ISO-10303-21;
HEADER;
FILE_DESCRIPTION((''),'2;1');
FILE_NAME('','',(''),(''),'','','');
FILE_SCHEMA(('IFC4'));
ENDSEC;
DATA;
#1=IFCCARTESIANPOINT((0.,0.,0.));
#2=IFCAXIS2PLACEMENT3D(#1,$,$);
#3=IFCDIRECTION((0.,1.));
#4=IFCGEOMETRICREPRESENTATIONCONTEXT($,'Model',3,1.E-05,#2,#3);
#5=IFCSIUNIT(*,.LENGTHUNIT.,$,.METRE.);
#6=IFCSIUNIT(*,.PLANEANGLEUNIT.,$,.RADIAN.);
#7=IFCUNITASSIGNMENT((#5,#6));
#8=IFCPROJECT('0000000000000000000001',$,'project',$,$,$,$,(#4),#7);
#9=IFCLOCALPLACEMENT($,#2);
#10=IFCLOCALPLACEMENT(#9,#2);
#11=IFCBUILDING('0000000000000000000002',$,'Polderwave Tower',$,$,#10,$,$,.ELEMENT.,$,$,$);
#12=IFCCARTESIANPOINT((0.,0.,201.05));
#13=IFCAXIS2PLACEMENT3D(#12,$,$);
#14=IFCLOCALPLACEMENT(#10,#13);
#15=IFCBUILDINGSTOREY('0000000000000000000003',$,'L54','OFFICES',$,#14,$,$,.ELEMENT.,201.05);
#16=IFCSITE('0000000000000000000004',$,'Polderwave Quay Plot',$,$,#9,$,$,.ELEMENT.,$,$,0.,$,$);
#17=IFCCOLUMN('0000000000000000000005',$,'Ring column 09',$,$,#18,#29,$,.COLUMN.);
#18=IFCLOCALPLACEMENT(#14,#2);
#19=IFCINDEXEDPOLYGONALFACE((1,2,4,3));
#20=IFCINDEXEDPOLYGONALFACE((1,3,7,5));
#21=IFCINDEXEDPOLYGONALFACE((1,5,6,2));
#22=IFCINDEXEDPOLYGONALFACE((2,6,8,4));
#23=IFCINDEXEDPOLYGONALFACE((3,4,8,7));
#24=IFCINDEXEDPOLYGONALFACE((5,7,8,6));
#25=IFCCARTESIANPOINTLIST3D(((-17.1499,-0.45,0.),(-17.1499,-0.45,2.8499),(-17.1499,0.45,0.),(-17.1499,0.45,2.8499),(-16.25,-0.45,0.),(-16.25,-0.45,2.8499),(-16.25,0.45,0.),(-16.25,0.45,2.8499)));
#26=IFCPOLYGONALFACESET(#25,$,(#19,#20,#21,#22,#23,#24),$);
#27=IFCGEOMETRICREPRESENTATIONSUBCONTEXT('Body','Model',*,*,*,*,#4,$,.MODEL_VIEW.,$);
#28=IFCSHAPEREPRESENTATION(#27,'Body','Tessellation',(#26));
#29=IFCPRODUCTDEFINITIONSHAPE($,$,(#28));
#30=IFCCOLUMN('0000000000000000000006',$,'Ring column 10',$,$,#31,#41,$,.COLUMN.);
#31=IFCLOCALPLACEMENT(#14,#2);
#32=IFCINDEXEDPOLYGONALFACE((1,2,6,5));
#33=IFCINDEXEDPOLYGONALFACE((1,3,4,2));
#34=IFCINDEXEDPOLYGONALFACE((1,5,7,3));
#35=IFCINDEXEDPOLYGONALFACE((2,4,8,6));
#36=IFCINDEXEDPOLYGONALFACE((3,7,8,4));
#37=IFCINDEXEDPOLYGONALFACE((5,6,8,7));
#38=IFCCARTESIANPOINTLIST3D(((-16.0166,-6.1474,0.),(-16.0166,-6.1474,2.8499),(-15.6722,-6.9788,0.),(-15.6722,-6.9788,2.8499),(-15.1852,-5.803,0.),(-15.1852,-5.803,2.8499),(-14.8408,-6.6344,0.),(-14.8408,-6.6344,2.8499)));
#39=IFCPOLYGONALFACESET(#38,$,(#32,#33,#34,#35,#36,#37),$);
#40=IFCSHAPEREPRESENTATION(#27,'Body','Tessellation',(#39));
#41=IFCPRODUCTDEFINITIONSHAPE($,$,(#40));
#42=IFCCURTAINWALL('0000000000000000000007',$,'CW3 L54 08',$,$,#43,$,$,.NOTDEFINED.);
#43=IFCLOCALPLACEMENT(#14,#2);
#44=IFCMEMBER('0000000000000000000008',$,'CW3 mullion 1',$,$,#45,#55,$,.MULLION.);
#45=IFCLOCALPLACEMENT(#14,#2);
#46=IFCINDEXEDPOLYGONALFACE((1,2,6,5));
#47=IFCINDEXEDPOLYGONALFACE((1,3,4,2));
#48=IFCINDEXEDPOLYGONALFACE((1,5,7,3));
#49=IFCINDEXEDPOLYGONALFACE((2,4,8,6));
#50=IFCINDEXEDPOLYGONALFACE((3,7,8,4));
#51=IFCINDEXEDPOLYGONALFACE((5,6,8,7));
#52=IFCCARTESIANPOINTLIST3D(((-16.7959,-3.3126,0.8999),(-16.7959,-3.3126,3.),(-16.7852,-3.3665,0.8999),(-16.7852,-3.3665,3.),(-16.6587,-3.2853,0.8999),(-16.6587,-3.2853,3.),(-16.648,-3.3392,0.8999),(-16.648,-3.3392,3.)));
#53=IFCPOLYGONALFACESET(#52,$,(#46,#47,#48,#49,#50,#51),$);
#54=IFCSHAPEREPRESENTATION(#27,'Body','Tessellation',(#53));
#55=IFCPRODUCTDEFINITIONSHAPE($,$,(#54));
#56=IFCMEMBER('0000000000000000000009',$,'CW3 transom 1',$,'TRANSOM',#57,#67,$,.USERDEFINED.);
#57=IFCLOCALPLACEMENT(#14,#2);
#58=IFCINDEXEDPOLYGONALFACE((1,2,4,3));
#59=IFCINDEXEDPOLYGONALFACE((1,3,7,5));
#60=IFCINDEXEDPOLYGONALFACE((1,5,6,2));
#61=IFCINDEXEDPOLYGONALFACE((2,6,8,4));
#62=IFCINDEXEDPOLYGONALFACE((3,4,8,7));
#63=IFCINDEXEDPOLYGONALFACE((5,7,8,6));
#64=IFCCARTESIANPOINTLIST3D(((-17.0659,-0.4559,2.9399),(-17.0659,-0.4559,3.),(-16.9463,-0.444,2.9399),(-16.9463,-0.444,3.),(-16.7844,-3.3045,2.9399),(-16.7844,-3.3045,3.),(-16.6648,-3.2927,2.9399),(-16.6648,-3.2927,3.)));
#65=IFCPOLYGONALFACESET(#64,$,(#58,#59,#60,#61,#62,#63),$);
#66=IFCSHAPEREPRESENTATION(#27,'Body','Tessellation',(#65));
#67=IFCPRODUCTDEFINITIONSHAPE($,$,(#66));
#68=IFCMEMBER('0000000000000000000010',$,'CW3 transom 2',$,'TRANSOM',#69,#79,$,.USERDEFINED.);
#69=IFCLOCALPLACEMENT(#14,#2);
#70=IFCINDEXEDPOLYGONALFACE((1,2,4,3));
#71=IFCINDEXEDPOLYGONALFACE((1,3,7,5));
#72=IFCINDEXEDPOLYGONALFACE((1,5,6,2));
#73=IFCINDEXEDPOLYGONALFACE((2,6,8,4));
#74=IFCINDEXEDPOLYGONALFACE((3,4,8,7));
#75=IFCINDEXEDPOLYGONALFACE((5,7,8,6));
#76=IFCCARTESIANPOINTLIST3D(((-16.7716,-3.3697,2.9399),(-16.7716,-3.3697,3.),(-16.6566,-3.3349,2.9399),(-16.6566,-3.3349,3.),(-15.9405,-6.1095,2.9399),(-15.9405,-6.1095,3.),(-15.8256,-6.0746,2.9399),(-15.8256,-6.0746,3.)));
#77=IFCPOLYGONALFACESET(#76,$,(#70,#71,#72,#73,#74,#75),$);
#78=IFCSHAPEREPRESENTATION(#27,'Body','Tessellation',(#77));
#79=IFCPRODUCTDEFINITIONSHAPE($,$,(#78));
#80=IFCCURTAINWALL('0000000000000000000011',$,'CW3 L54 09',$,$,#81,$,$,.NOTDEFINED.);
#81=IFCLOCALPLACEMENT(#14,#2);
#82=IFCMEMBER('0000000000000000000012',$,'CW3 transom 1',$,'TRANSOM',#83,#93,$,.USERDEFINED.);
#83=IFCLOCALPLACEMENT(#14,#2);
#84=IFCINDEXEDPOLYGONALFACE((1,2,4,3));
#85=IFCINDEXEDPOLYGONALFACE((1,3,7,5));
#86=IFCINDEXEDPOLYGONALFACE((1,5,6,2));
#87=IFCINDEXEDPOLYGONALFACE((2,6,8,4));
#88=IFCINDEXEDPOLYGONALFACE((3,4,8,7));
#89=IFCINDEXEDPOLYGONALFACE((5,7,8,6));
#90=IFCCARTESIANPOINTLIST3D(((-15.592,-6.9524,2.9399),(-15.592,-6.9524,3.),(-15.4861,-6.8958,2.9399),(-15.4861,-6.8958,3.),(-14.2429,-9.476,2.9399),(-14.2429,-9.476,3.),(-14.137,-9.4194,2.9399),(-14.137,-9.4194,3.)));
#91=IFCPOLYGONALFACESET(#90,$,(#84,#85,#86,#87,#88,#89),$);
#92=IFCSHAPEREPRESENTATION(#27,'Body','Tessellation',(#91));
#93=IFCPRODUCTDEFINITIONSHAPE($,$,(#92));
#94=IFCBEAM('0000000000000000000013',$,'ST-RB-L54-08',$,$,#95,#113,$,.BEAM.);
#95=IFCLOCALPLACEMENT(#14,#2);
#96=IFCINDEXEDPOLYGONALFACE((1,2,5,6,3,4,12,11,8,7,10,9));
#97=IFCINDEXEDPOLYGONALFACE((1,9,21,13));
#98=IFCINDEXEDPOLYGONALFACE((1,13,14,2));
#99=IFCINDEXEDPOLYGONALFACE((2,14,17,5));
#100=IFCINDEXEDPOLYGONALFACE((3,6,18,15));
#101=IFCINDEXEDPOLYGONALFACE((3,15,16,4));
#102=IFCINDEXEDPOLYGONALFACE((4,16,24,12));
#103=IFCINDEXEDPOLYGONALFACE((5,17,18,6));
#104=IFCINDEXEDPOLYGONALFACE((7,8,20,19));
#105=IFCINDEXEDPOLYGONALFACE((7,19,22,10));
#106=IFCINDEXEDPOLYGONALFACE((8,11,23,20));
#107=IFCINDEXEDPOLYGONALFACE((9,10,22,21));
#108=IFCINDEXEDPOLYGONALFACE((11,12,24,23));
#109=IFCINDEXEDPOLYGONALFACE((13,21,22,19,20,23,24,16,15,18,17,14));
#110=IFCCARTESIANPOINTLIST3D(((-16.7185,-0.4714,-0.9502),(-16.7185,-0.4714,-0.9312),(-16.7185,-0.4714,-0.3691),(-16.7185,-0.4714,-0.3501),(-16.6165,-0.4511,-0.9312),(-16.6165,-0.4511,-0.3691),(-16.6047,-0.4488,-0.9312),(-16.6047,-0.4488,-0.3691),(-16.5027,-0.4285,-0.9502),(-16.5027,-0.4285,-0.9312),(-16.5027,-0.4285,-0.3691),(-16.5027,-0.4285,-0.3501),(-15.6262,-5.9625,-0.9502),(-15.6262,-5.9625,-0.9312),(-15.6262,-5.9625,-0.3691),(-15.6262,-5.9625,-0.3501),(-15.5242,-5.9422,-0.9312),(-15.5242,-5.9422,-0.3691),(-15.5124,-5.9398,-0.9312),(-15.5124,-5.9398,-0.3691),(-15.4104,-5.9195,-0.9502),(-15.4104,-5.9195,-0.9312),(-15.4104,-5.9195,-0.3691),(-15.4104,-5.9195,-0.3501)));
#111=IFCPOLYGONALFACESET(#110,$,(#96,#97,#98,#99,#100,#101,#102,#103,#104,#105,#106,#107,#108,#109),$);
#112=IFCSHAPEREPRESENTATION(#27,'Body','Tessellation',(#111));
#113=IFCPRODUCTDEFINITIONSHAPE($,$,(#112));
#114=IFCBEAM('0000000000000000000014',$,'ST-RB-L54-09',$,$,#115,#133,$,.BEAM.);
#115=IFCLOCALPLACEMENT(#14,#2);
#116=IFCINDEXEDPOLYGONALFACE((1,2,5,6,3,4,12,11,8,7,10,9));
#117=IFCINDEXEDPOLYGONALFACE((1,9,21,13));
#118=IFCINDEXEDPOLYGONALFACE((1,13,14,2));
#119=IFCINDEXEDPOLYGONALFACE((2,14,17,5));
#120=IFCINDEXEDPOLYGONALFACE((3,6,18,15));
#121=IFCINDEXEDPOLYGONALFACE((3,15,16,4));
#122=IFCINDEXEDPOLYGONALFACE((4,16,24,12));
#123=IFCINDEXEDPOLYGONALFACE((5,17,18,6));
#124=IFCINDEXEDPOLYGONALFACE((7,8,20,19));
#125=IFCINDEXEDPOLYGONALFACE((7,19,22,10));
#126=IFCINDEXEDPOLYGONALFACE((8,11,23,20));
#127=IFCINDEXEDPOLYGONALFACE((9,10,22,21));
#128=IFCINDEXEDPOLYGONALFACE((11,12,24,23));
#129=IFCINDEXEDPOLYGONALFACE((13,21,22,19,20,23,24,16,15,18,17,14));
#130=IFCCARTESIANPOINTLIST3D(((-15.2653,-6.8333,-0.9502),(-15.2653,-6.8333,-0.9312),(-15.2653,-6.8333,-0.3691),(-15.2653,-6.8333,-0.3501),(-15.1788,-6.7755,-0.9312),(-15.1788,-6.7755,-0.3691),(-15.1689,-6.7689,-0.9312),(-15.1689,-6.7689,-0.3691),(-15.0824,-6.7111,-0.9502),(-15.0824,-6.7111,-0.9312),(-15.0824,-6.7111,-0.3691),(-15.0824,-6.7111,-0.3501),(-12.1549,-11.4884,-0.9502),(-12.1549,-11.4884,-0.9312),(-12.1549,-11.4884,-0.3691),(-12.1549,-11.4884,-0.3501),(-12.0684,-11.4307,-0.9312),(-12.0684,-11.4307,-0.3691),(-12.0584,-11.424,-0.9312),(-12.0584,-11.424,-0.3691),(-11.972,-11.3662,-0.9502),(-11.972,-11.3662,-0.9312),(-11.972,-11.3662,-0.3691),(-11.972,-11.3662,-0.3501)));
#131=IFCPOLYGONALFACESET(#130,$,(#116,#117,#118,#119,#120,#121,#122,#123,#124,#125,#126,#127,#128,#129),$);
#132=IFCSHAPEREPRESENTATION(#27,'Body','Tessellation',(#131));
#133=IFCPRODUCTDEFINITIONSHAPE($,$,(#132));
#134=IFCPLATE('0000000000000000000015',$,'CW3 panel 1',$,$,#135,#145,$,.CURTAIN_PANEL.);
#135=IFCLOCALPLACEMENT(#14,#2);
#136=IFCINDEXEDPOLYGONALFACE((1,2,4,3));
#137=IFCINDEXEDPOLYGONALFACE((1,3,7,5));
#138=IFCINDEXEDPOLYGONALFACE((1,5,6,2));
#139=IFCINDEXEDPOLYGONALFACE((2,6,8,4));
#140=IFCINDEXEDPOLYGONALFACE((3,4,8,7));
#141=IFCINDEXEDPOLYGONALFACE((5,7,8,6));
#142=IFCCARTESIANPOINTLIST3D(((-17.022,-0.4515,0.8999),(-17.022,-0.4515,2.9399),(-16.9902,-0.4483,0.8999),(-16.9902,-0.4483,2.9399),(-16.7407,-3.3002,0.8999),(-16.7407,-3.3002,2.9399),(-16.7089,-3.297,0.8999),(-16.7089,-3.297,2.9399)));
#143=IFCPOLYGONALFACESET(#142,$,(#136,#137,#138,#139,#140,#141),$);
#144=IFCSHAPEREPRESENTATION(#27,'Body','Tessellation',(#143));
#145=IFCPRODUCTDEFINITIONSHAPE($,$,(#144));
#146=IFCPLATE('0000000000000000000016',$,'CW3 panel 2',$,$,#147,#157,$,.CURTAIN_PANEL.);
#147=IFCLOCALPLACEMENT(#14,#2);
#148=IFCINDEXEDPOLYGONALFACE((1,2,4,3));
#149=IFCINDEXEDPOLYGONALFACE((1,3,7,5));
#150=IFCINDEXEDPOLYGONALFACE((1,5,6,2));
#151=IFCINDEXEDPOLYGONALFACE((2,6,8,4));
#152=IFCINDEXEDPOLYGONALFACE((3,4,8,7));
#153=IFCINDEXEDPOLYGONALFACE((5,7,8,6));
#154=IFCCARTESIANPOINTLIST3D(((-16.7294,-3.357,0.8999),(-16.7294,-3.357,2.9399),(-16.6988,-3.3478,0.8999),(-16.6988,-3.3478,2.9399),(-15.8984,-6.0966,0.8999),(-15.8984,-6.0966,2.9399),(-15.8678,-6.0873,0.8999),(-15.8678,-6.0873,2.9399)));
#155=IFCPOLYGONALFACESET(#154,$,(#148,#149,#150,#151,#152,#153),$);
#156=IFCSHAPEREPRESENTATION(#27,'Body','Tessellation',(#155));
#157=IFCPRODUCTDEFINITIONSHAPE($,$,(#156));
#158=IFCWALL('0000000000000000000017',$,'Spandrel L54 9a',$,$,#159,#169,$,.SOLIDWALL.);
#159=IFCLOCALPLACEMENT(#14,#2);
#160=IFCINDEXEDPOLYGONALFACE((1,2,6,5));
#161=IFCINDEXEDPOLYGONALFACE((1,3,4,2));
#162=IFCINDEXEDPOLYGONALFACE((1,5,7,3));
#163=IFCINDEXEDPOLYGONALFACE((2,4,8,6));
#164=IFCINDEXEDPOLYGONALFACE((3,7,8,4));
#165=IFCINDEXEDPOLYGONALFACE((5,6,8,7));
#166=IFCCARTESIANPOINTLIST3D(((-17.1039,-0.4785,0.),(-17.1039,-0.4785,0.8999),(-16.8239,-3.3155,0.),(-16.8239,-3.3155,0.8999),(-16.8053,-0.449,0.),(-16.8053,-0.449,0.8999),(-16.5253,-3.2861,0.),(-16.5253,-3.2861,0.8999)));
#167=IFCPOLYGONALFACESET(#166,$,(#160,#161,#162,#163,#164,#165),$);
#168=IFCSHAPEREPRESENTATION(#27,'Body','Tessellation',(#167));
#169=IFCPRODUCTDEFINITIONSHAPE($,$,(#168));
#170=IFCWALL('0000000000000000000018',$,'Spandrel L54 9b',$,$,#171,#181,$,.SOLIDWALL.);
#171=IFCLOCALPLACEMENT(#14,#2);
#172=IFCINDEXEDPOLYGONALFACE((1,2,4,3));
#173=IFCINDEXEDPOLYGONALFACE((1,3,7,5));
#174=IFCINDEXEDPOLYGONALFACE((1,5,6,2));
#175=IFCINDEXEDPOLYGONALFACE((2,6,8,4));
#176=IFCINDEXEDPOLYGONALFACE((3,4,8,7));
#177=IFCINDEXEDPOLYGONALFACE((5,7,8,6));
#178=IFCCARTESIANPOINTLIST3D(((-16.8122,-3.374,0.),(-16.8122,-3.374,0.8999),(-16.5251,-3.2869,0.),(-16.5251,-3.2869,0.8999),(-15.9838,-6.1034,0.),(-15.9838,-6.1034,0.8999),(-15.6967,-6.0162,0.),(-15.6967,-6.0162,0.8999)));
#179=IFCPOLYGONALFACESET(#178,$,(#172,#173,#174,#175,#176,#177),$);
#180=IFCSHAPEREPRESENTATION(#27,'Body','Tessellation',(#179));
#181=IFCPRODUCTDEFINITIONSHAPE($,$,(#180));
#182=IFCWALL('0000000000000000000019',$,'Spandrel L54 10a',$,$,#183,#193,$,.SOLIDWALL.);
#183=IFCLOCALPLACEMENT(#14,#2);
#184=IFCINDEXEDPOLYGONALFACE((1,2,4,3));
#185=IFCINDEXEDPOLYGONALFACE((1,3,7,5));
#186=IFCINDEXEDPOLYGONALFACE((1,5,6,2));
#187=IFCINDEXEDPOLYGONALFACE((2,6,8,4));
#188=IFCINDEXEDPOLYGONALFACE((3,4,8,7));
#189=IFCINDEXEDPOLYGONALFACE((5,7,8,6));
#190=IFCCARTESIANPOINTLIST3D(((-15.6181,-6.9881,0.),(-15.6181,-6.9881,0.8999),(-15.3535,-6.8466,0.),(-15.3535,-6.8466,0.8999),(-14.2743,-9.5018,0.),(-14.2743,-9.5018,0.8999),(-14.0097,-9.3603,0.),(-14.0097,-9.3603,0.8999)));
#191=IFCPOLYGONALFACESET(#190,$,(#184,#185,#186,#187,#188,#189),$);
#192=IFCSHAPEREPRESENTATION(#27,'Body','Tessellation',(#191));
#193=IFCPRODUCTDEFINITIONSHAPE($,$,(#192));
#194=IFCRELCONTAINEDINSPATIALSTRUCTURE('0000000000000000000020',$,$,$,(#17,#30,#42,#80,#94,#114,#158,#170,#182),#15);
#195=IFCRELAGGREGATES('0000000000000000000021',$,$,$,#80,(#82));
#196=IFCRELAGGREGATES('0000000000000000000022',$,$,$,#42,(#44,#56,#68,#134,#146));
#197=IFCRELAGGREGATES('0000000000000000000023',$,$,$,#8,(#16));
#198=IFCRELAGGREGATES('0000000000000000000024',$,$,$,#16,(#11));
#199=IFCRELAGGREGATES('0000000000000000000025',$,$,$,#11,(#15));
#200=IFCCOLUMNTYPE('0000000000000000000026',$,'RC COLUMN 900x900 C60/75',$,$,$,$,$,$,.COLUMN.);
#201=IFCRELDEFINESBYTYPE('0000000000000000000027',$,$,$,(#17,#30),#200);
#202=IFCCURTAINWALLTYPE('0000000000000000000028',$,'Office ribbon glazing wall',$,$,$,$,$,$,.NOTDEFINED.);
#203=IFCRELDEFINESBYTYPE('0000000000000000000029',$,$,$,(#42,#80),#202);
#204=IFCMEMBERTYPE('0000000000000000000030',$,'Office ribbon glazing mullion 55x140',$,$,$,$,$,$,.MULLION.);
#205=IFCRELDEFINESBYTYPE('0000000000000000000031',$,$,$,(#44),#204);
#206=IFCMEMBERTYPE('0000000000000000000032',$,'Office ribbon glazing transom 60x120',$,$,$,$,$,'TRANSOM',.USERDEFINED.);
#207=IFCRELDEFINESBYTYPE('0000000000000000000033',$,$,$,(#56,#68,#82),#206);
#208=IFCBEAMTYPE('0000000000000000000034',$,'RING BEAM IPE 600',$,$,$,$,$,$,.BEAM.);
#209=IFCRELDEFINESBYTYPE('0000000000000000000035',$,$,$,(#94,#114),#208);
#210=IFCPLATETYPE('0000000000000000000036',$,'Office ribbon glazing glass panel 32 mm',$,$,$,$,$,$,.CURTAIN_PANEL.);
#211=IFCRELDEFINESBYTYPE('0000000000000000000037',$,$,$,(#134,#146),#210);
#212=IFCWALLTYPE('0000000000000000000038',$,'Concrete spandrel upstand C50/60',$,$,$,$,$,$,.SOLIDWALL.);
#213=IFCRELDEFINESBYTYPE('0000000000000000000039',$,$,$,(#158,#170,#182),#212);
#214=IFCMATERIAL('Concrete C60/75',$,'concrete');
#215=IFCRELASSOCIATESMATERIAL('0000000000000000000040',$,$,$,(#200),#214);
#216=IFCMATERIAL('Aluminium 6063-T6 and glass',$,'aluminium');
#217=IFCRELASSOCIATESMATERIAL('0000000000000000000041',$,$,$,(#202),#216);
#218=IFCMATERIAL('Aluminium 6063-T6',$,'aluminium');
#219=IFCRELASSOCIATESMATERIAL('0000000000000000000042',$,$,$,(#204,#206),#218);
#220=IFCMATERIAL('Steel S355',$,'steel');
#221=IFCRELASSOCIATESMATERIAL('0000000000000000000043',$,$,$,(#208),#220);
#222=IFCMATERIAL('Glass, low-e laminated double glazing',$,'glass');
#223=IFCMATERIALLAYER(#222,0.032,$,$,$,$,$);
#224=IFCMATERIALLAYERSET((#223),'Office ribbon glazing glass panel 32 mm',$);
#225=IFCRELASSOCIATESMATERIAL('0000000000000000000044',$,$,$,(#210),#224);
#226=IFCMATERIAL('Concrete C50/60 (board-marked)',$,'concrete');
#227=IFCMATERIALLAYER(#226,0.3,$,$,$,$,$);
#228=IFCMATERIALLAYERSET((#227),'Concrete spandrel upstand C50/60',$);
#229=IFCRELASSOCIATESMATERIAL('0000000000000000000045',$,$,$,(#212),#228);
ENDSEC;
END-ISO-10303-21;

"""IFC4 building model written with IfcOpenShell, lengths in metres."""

from ifc_helpers import new_model, si_unit, direction, frame, frame_2d, origin, origin_2d, place, context, subcontext, project, spatial, rectangle, i_section, extrude, material, layer, layer_set, material_profile, profile_set, type_object, element, aggregate, save


model = new_model("IFC4")

# Units and contexts
model_context = context("Model", 3, precision=1e-05, world=origin(), true_north=direction((0.0, 1.0)))
body_context = subcontext(model_context, "Body", "Model", "MODEL_VIEW")
ifc_project = project(units=[si_unit("LENGTHUNIT", "METRE"), si_unit("PLANEANGLEUNIT", "RADIAN")], contexts=[model_context])

# Site, building, storey
site_placement = place(None, origin())
site = spatial("IfcSite", under=ifc_project, at=site_placement, Name="Polderwave Quay Plot", CompositionType="ELEMENT", RefElevation=0.0)
building_placement = place(site_placement, origin())
building = spatial("IfcBuilding", under=site, at=building_placement, Name="Polderwave Tower", CompositionType="ELEMENT")
storey_placement = place(building_placement, frame((0.0, 0.0, 201.05)))
storey = spatial("IfcBuildingStorey", under=building, at=storey_placement, Name="L54", Description="OFFICES", CompositionType="ELEMENT", Elevation=201.05)

# Columns
ifc_material_1 = material(Name="Concrete C60/75", Category="concrete")
ifc_material_profile_1 = material_profile(ifc_material_1, rectangle(XDim=0.8999, YDim=0.8999, at=origin_2d()), Name="RC 900x900")
ifc_profile_set_1 = profile_set([ifc_material_profile_1], Name="Concrete C60/75")
column_type = type_object("IfcColumnType", Name="RC COLUMN 900x900 C60/75", PredefinedType="COLUMN", material=ifc_profile_set_1)
for number, where, z_axis, x_axis, name in (
    (1, (-16.7, 0.0, 0.0), (0.0, 0.0, 1.0), (-1.0, 0.0, 0.0), "Ring column 09"),
    (2, (-15.4287, -6.3909, 0.0), (0.0, 0.0, 1.0), (-0.92388, -0.382683, 0.0), "Ring column 10"),
):
    element("IfcColumn", number, at=place(storey_placement, frame(where, z_axis=z_axis, x_axis=x_axis)), inside=storey, type_object=column_type, Name=name, PredefinedType="COLUMN", context=body_context, shape_type="SweptSolid", body=[
        extrude(rectangle(XDim=0.8999, YDim=0.8999, at=origin_2d()), origin(), (0.0, 0.0, 1.0), 2.8499),
    ])

# Curtain wall, members
ifc_material_2 = material(Name="Aluminium 6063-T6 and glass", Category="aluminium")
curtain_wall_type = type_object("IfcCurtainWallType", Name="Office ribbon glazing wall", PredefinedType="NOTDEFINED", material=ifc_material_2)
curtain_wall_1_placement = place(storey_placement, origin())
curtain_wall_1 = element("IfcCurtainWall", 3, at=curtain_wall_1_placement, inside=storey, type_object=curtain_wall_type, Name="CW3 L54 08", PredefinedType="NOTDEFINED")
ifc_material_3 = material(Name="Aluminium 6063-T6", Category="aluminium")
ifc_material_profile_2 = material_profile(ifc_material_3, rectangle(XDim=0.1399, YDim=0.0549, at=origin_2d()), Name="AL 55x140")
ifc_profile_set_2 = profile_set([ifc_material_profile_2], Name="Aluminium 6063-T6")
member_type_1 = type_object("IfcMemberType", Name="Office ribbon glazing mullion 55x140", PredefinedType="MULLION", material=ifc_profile_set_2)
member_1_placement = place(storey_placement, frame((-16.7219, -3.3259, 0.8999), z_axis=(0.0, 0.0, 1.0), x_axis=(0.980762, 0.195205, 0.0)))
member_1 = element("IfcMember", 4, at=member_1_placement, type_object=member_type_1, Name="CW3 mullion 1", PredefinedType="MULLION", context=body_context, shape_type="SweptSolid", body=[
    extrude(rectangle(XDim=0.1399, YDim=0.0549, at=origin_2d()), origin(), (0.0, 0.0, 1.0), 2.1001),
])
ifc_material_profile_3 = material_profile(ifc_material_3, rectangle(XDim=0.1201, YDim=0.0601, at=origin_2d()), Name="AL 60x120")
ifc_profile_set_3 = profile_set([ifc_material_profile_3], Name="Aluminium 6063-T6")
member_type_2 = type_object("IfcMemberType", Name="Office ribbon glazing transom 60x120", ElementType="TRANSOM", PredefinedType="USERDEFINED", material=ifc_profile_set_3)
member_2_placement = place(storey_placement, frame((-17.0061, -0.45, 2.97), z_axis=(0.098338, -0.995153, 0.0), x_axis=(0.995153, 0.098338, 0.0)))
member_2 = element("IfcMember", 5, at=member_2_placement, type_object=member_type_2, Name="CW3 transom 1", ObjectType="TRANSOM", PredefinedType="USERDEFINED", context=body_context, shape_type="SweptSolid", body=[
    extrude(rectangle(XDim=0.1201, YDim=0.0601, at=origin_2d()), origin(), (0.0, 0.0, 1.0), 2.8625),
])
member_3_placement = place(storey_placement, frame((-16.7141, -3.3523, 2.97), z_axis=(0.290272, -0.956944, 0.0), x_axis=(0.956944, 0.290272, 0.0)))
member_3 = element("IfcMember", 6, at=member_3_placement, type_object=member_type_2, Name="CW3 transom 2", ObjectType="TRANSOM", PredefinedType="USERDEFINED", context=body_context, shape_type="SweptSolid", body=[
    extrude(rectangle(XDim=0.1201, YDim=0.0601, at=origin_2d()), origin(), (0.0, 0.0, 1.0), 2.863),
])

# Curtain wall, member
curtain_wall_2_placement = place(storey_placement, origin())
curtain_wall_2 = element("IfcCurtainWall", 7, at=curtain_wall_2_placement, inside=storey, type_object=curtain_wall_type, Name="CW3 L54 09", PredefinedType="NOTDEFINED")
member_4_placement = place(storey_placement, frame((-15.5391, -6.9241, 2.97), z_axis=(0.471447, -0.881894, 0.0), x_axis=(0.881894, 0.471447, 0.0)))
member_4 = element("IfcMember", 8, at=member_4_placement, type_object=member_type_2, Name="CW3 transom 1", ObjectType="TRANSOM", PredefinedType="USERDEFINED", context=body_context, shape_type="SweptSolid", body=[
    extrude(rectangle(XDim=0.1201, YDim=0.0601, at=origin_2d()), origin(), (0.0, 0.0, 1.0), 2.8616),
])
aggregate(curtain_wall_2, [member_4])

# Beams
ifc_material_4 = material(Name="Steel S355", Category="steel")
ifc_material_profile_4 = material_profile(ifc_material_4, i_section(OverallWidth=0.22, OverallDepth=0.6001, WebThickness=0.012, FlangeThickness=0.019, at=origin_2d()), Name="IPE 600")
ifc_profile_set_4 = profile_set([ifc_material_profile_4], Name="Steel S355")
beam_type = type_object("IfcBeamType", Name="RING BEAM IPE 600", PredefinedType="BEAM", material=ifc_profile_set_4)
for number, where, z_axis, x_axis, name in (
    (9, (-16.6106, -0.45, -0.6501), (0.195101, -0.980783, 0.0), (0.980783, 0.195101, 0.0), "ST-RB-L54-08"),
    (10, (-15.1738, -6.7722, -0.6501), (0.555565, -0.831473, 0.0), (0.831473, 0.555565, 0.0), "ST-RB-L54-09"),
):
    element("IfcBeam", number, at=place(storey_placement, frame(where, z_axis=z_axis, x_axis=x_axis)), inside=storey, type_object=beam_type, Name=name, PredefinedType="BEAM", context=body_context, shape_type="SweptSolid", body=[
        extrude(i_section(OverallWidth=0.22, OverallDepth=0.6001, WebThickness=0.012, FlangeThickness=0.019, at=origin_2d()), origin(), (0.0, 0.0, 1.0), 5.5986),
    ])

# Plates
ifc_material_5 = material(Name="Glass, low-e laminated double glazing", Category="glass")
ifc_layer_1 = layer(ifc_material_5, 0.032)
ifc_layer_set_1 = layer_set([ifc_layer_1], Name="Office ribbon glazing glass panel 32 mm")
plate_type = type_object("IfcPlateType", Name="Office ribbon glazing glass panel 32 mm", PredefinedType="CURTAIN_PANEL", material=ifc_layer_set_1)
plate_1_placement = place(storey_placement, frame((-16.8655, -1.8743, 0.8999), z_axis=(0.0, 0.0, 1.0), x_axis=(0.098271, -0.99516, 0.0)))
plate_1 = element("IfcPlate", 11, at=plate_1_placement, type_object=plate_type, Name="CW3 panel 1", PredefinedType="CURTAIN_PANEL", context=body_context, shape_type="SweptSolid", body=[
    extrude(rectangle(XDim=2.8625, YDim=0.032, at=origin_2d()), origin(), (0.0, 0.0, 1.0), 2.04),
])
plate_2_placement = place(storey_placement, frame((-16.2986, -4.7222, 0.8999), z_axis=(0.0, 0.0, 1.0), x_axis=(0.290266, -0.956946, 0.0)))
plate_2 = element("IfcPlate", 12, at=plate_2_placement, type_object=plate_type, Name="CW3 panel 2", PredefinedType="CURTAIN_PANEL", context=body_context, shape_type="SweptSolid", body=[
    extrude(rectangle(XDim=2.8628, YDim=0.032, at=origin_2d()), origin(), (0.0, 0.0, 1.0), 2.04),
])
aggregate(curtain_wall_1, [member_1, member_2, member_3, plate_1, plate_2])

# Walls
ifc_material_6 = material(Name="Concrete C50/60 (board-marked)", Category="concrete")
ifc_layer_2 = layer(ifc_material_6, 0.3)
ifc_layer_set_2 = layer_set([ifc_layer_2], Name="Concrete spandrel upstand C50/60")
wall_type_1 = type_object("IfcWallType", Name="Concrete spandrel upstand C50/60", PredefinedType="SOLIDWALL", material=ifc_layer_set_2)
wall_1_placement = place(storey_placement, frame((-16.9546, -0.4639, 0.0), z_axis=(0.0, 0.0, 1.0), x_axis=(0.098223, -0.995164, 0.0)))
element("IfcWall", 13, at=wall_1_placement, inside=storey, type_object=wall_type_1, Name="Spandrel L54 9a", PredefinedType="SOLIDWALL", context=body_context, shape_type="SweptSolid", body=[
    extrude(rectangle(XDim=2.8508, YDim=0.3, at=frame_2d((1.4253, 0.0))), origin(), (0.0, 0.0, 1.0), 0.8999),
])
wall_2_placement = place(storey_placement, frame((-16.6687, -3.3303, 0.0), z_axis=(0.0, 0.0, 1.0), x_axis=(0.290433, -0.956895, 0.0)))
element("IfcWall", 14, at=wall_2_placement, inside=storey, type_object=wall_type_1, Name="Spandrel L54 9b", PredefinedType="SOLIDWALL", context=body_context, shape_type="SweptSolid", body=[
    extrude(rectangle(XDim=2.8523, YDim=0.3, at=frame_2d((1.4263, 0.0))), origin(), (0.0, 0.0, 1.0), 0.8999),
])
wall_3_placement = place(storey_placement, frame((-15.4858, -6.9172, 0.0), z_axis=(0.0, 0.0, 1.0), x_axis=(0.471442, -0.881897, 0.0)))
element("IfcWall", 15, at=wall_3_placement, inside=storey, type_object=wall_type_1, Name="Spandrel L54 10a", PredefinedType="SOLIDWALL", context=body_context, shape_type="SweptSolid", body=[
    extrude(rectangle(XDim=2.8503, YDim=0.3, at=frame_2d((1.4253, 0.0))), origin(), (0.0, 0.0, 1.0), 0.8999),
])

save(model, "model.ifc")
